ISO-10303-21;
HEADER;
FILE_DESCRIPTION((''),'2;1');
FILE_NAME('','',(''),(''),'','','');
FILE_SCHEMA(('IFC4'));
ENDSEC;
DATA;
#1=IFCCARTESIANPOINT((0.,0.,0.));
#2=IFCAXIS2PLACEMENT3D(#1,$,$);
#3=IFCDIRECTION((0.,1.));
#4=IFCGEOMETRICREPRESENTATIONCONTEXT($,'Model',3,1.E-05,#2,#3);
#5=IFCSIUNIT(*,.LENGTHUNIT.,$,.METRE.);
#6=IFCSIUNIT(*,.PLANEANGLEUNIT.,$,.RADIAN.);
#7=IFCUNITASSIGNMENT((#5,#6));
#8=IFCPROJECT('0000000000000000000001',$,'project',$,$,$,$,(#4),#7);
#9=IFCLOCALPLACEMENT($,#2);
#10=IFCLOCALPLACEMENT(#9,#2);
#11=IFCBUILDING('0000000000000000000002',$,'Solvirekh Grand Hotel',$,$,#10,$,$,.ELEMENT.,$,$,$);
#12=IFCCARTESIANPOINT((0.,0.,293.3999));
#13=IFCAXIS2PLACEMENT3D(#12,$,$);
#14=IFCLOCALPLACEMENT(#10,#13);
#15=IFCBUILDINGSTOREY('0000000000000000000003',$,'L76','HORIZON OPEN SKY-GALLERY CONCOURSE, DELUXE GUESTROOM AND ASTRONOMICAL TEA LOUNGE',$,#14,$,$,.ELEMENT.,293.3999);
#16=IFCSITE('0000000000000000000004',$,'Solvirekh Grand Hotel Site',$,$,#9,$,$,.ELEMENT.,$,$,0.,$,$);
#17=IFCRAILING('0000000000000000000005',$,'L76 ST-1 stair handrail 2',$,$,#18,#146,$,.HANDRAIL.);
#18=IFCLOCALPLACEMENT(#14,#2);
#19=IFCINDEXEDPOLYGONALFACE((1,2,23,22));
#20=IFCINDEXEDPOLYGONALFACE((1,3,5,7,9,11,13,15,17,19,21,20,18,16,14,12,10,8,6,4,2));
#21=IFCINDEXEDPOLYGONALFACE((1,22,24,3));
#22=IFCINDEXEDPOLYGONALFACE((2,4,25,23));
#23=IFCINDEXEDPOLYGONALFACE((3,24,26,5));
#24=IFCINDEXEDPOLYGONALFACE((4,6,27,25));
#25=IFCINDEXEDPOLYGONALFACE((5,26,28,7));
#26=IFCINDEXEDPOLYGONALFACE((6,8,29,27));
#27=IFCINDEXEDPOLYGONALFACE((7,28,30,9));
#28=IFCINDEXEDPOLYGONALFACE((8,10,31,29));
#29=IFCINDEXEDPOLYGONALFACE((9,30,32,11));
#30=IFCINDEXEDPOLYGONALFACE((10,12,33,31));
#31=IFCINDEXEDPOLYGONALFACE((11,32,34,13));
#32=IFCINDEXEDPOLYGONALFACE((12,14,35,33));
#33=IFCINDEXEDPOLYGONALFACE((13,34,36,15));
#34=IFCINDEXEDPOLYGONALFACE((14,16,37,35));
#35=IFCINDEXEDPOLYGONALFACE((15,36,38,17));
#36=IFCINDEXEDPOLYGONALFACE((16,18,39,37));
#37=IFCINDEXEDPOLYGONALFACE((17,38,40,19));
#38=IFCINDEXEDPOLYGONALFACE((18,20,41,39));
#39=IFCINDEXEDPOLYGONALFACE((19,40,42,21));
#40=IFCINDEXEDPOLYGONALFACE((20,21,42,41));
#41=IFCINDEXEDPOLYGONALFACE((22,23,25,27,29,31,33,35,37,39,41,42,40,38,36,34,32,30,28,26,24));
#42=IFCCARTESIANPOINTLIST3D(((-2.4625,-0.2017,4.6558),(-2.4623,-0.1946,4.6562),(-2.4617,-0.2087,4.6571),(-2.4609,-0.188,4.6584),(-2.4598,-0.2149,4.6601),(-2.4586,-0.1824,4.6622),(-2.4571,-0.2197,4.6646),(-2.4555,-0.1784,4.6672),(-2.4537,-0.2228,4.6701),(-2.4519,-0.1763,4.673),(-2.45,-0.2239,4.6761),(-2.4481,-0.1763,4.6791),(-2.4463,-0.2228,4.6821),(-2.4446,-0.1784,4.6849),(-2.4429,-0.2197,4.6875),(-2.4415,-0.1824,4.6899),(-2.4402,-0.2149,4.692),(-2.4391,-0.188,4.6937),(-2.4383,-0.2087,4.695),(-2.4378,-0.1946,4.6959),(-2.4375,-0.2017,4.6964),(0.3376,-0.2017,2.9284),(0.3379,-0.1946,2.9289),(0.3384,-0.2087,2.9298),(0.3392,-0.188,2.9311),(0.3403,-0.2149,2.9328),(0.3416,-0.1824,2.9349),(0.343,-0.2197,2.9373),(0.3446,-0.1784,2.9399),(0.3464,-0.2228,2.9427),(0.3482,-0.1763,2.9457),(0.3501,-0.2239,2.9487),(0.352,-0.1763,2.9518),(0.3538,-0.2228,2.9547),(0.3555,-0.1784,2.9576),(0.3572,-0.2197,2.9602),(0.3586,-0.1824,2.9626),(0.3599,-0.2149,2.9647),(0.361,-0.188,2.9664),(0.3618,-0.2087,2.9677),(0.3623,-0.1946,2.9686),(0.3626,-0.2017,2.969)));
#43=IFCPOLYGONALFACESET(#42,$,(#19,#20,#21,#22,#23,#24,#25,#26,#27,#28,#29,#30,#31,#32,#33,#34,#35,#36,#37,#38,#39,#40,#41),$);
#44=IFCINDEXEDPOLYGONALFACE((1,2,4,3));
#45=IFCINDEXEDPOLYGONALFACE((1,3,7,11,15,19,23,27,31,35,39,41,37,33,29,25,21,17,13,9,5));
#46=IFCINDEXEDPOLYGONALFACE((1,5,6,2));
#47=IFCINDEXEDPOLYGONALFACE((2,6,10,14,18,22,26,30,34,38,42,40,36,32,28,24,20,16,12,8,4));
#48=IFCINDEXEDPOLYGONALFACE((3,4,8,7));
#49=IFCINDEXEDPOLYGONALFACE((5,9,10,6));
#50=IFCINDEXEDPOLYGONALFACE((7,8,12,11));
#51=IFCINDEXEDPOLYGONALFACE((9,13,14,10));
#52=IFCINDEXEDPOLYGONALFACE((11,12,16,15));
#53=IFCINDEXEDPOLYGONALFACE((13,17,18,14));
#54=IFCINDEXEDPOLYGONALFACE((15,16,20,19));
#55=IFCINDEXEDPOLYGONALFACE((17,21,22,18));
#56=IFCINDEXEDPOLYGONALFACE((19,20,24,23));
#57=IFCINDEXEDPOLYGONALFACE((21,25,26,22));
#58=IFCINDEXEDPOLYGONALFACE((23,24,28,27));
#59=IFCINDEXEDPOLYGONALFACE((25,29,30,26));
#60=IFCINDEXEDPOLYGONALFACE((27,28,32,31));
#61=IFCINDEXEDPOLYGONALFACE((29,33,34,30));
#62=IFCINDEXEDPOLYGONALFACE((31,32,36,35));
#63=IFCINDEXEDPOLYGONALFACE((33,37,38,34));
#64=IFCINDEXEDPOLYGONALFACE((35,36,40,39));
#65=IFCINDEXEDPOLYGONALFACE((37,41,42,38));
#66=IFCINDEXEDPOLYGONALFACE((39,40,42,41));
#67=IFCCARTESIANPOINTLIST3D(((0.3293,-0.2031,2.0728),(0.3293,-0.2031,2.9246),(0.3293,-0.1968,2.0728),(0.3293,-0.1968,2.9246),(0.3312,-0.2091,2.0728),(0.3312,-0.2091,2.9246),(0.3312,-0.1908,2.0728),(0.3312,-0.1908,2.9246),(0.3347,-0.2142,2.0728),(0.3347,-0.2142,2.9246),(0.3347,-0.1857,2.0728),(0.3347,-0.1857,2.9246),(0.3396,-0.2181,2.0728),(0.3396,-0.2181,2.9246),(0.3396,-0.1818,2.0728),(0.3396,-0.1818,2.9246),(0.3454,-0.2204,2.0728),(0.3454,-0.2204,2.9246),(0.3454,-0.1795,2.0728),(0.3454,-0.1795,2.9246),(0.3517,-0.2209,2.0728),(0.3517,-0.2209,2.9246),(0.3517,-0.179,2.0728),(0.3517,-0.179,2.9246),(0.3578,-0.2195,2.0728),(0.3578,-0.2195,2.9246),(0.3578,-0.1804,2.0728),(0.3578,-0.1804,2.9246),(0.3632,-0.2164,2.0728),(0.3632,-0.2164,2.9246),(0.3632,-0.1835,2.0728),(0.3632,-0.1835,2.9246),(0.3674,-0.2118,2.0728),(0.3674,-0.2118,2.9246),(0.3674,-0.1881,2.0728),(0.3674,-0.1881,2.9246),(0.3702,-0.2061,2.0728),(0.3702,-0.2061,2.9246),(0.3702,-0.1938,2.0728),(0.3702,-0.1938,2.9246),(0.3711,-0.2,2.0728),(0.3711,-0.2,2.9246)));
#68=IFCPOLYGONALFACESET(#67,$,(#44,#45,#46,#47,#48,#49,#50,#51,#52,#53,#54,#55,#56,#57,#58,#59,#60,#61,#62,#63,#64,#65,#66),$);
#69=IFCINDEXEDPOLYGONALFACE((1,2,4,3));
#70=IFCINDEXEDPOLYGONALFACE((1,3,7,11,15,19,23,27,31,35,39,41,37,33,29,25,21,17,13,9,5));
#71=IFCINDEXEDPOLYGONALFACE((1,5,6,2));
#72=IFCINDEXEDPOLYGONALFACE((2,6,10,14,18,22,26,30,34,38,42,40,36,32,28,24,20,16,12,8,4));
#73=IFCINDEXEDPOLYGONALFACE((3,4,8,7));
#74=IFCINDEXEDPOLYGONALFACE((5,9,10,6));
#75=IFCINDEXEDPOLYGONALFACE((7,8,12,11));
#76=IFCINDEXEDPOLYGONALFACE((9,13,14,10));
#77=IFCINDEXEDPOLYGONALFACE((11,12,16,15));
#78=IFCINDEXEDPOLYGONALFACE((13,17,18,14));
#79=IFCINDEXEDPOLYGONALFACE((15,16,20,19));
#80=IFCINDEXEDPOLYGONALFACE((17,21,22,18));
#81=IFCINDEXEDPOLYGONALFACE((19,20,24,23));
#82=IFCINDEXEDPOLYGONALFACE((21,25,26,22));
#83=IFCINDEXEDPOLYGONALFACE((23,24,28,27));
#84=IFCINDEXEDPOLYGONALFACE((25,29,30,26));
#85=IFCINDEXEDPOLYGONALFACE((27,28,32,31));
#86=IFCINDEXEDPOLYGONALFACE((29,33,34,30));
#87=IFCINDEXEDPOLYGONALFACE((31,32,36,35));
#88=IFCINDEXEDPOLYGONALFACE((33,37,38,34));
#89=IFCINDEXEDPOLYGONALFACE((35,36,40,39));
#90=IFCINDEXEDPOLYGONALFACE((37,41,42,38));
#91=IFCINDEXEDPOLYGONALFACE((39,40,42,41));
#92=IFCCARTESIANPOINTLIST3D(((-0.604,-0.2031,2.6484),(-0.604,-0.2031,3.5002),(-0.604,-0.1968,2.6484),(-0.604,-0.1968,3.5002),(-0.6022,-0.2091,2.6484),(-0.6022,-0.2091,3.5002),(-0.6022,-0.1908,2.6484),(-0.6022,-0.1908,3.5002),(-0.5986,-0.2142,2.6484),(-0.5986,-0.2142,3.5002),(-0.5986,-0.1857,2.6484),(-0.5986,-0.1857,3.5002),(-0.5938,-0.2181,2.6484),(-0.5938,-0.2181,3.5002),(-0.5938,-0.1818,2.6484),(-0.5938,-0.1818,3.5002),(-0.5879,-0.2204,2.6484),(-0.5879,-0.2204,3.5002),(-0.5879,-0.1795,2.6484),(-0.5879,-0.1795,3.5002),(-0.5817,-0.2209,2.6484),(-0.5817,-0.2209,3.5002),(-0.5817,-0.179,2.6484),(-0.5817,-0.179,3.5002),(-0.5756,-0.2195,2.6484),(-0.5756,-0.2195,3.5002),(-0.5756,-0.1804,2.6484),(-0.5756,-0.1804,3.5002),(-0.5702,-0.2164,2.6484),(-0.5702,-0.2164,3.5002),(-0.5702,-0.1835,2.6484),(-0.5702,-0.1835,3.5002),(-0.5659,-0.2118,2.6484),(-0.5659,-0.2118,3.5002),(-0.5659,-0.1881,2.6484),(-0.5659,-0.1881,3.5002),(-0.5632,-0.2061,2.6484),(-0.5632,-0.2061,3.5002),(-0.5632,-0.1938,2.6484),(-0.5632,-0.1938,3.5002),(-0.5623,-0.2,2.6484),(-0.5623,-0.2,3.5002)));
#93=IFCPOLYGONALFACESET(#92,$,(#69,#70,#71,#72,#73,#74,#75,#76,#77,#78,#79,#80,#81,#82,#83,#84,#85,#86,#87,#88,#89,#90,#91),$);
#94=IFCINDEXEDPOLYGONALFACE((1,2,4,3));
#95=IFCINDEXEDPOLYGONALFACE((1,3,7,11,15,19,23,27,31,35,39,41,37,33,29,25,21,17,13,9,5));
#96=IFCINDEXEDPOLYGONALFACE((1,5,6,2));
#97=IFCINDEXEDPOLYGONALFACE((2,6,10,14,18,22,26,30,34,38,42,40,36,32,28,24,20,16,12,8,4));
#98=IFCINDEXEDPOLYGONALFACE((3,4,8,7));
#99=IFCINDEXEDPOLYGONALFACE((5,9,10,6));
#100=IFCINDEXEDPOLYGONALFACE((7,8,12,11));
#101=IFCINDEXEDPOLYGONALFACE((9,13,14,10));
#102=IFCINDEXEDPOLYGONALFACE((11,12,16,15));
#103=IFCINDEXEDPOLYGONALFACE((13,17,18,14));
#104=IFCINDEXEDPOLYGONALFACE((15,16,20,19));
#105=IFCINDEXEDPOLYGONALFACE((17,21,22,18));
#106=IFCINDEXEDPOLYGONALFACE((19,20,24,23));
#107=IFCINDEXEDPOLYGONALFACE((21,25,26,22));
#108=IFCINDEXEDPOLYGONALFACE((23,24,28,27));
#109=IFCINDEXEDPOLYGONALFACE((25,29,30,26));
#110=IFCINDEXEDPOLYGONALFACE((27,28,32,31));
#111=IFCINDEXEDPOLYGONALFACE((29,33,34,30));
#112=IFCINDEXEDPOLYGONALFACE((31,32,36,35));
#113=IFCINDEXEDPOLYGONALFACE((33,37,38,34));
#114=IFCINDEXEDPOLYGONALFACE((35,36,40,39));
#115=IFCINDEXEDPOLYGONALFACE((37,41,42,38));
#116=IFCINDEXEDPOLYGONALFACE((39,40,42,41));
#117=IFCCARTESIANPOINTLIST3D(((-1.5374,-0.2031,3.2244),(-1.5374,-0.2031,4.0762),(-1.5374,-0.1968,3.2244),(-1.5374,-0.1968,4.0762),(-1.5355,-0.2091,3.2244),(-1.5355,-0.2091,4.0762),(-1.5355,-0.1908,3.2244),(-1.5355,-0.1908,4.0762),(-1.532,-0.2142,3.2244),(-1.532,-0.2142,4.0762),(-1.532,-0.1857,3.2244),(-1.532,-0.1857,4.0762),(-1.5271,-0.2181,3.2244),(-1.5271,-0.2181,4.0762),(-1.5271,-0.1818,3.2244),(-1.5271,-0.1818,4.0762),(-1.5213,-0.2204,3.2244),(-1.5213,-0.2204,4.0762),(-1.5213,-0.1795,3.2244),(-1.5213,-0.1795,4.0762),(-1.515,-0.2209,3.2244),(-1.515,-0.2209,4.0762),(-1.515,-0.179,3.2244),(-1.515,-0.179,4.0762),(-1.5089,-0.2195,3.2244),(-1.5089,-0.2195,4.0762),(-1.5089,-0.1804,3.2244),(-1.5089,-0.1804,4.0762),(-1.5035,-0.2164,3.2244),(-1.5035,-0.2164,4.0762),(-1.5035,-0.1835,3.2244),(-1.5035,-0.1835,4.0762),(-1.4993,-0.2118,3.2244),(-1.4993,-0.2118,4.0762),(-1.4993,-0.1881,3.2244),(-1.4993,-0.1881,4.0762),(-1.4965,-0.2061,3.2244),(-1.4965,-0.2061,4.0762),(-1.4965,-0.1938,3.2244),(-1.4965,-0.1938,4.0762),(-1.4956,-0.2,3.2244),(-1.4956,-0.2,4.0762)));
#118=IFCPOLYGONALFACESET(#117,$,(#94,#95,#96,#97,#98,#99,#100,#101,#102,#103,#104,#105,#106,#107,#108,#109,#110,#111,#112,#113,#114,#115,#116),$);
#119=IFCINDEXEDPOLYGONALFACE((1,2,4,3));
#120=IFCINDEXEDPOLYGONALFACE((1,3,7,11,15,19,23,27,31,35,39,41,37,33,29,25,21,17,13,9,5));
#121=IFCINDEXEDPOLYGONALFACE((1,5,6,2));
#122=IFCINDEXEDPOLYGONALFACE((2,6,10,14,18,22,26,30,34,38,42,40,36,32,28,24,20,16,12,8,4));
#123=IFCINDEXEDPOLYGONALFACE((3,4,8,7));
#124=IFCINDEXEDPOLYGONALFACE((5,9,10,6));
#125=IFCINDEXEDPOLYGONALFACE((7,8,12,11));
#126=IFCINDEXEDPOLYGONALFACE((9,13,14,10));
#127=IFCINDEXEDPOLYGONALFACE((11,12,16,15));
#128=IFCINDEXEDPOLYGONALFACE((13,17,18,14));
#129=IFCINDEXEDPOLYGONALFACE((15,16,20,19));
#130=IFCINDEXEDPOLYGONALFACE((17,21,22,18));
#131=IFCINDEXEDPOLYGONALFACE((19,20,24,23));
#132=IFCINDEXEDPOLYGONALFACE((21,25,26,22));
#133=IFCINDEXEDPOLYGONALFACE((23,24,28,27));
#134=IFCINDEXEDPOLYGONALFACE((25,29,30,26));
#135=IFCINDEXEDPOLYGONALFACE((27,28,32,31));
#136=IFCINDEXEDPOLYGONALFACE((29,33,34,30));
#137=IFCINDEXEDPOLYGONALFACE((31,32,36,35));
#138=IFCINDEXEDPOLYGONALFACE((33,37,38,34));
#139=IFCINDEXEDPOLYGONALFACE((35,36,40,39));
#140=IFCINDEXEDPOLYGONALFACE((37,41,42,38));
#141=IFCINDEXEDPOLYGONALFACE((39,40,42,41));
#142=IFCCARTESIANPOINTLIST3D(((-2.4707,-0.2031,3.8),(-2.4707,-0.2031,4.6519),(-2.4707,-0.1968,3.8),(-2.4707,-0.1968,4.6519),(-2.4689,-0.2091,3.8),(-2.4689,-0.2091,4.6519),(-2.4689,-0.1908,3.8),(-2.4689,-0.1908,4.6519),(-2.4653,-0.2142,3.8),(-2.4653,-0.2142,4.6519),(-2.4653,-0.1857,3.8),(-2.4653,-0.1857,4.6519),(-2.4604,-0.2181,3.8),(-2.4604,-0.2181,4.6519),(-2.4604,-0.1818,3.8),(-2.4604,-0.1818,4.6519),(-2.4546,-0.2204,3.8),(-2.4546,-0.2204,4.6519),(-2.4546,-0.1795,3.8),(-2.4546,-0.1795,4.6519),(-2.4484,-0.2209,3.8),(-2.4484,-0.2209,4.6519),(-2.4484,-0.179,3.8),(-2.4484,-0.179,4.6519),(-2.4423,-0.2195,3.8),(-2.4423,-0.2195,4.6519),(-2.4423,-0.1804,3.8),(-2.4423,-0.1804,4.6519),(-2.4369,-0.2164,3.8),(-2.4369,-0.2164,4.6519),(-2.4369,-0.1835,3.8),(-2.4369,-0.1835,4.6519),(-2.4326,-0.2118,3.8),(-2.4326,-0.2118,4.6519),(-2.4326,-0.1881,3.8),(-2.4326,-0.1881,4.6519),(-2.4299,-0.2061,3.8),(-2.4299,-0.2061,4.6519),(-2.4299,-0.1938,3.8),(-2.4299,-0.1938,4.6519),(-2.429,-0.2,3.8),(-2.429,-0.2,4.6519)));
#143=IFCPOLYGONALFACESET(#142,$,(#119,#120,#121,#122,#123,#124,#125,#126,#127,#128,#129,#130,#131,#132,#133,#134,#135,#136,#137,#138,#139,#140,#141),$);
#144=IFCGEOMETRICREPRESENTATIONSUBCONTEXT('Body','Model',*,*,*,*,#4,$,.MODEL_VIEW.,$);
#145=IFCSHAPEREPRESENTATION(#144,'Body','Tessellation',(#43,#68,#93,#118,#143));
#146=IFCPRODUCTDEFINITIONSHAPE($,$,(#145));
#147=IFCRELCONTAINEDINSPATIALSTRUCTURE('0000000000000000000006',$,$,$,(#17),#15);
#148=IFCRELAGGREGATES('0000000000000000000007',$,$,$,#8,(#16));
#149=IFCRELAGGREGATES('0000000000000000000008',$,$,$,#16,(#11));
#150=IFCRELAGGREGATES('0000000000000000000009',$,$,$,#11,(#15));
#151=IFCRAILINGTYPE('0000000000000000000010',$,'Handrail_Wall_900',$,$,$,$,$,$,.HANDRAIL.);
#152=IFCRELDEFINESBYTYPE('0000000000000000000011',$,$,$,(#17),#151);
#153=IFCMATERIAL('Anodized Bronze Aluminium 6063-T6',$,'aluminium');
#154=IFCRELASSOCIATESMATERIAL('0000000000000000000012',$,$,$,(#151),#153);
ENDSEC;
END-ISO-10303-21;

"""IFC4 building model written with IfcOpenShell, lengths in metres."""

from ifc_helpers import new_model, si_unit, direction, frame, origin, origin_2d, place, context, subcontext, project, spatial, circle, extrude, material, type_object, element, save


model = new_model("IFC4")

# Units and contexts
model_context = context("Model", 3, precision=1e-05, world=origin(), true_north=direction((0.0, 1.0)))
body_context = subcontext(model_context, "Body", "Model", "MODEL_VIEW")
ifc_project = project(units=[si_unit("LENGTHUNIT", "METRE"), si_unit("PLANEANGLEUNIT", "RADIAN")], contexts=[model_context])

# Site, building, storey
site_placement = place(None, origin())
site = spatial("IfcSite", under=ifc_project, at=site_placement, Name="Solvirekh Grand Hotel Site", CompositionType="ELEMENT", RefElevation=0.0)
building_placement = place(site_placement, origin())
building = spatial("IfcBuilding", under=site, at=building_placement, Name="Solvirekh Grand Hotel", CompositionType="ELEMENT")
storey_placement = place(building_placement, frame((0.0, 0.0, 293.3999)))
storey = spatial("IfcBuildingStorey", under=building, at=storey_placement, Name="L76", Description="HORIZON OPEN SKY-GALLERY CONCOURSE, DELUXE GUESTROOM AND ASTRONOMICAL TEA LOUNGE", CompositionType="ELEMENT", Elevation=293.3999)

# Railing
ifc_material_1 = material(Name="Anodized Bronze Aluminium 6063-T6", Category="aluminium")
railing_type_1 = type_object("IfcRailingType", Name="Handrail_Wall_900", PredefinedType="HANDRAIL", material=ifc_material_1)
railing_1_placement = place(storey_placement, frame((0.3501, -0.2, 2.0728)))
element("IfcRailing", 1, at=railing_1_placement, inside=storey, type_object=railing_type_1, Name="L76 ST-1 stair handrail 2", PredefinedType="HANDRAIL", context=body_context, shape_type="SweptSolid", body=[
    extrude(circle(Radius=0.0239, at=origin_2d()), frame((0.0, 0.0, 0.876), z_axis=(-0.85109, 0.0, 0.52502), x_axis=(0.0, -1.0, 0.0)), (0.0, 0.0, 1.0), 3.29),
    extrude(circle(Radius=0.021, at=origin_2d()), origin(), (0.0, 0.0, 1.0), 0.8518),
    extrude(circle(Radius=0.021, at=origin_2d()), frame((-0.9333, 0.0, 0.5757)), (0.0, 0.0, 1.0), 0.8518),
    extrude(circle(Radius=0.021, at=origin_2d()), frame((-1.8667, 0.0, 1.1516)), (0.0, 0.0, 1.0), 0.8518),
    extrude(circle(Radius=0.021, at=origin_2d()), frame((-2.8, 0.0, 1.7273)), (0.0, 0.0, 1.0), 0.8518),
])

save(model, "model.ifc")
